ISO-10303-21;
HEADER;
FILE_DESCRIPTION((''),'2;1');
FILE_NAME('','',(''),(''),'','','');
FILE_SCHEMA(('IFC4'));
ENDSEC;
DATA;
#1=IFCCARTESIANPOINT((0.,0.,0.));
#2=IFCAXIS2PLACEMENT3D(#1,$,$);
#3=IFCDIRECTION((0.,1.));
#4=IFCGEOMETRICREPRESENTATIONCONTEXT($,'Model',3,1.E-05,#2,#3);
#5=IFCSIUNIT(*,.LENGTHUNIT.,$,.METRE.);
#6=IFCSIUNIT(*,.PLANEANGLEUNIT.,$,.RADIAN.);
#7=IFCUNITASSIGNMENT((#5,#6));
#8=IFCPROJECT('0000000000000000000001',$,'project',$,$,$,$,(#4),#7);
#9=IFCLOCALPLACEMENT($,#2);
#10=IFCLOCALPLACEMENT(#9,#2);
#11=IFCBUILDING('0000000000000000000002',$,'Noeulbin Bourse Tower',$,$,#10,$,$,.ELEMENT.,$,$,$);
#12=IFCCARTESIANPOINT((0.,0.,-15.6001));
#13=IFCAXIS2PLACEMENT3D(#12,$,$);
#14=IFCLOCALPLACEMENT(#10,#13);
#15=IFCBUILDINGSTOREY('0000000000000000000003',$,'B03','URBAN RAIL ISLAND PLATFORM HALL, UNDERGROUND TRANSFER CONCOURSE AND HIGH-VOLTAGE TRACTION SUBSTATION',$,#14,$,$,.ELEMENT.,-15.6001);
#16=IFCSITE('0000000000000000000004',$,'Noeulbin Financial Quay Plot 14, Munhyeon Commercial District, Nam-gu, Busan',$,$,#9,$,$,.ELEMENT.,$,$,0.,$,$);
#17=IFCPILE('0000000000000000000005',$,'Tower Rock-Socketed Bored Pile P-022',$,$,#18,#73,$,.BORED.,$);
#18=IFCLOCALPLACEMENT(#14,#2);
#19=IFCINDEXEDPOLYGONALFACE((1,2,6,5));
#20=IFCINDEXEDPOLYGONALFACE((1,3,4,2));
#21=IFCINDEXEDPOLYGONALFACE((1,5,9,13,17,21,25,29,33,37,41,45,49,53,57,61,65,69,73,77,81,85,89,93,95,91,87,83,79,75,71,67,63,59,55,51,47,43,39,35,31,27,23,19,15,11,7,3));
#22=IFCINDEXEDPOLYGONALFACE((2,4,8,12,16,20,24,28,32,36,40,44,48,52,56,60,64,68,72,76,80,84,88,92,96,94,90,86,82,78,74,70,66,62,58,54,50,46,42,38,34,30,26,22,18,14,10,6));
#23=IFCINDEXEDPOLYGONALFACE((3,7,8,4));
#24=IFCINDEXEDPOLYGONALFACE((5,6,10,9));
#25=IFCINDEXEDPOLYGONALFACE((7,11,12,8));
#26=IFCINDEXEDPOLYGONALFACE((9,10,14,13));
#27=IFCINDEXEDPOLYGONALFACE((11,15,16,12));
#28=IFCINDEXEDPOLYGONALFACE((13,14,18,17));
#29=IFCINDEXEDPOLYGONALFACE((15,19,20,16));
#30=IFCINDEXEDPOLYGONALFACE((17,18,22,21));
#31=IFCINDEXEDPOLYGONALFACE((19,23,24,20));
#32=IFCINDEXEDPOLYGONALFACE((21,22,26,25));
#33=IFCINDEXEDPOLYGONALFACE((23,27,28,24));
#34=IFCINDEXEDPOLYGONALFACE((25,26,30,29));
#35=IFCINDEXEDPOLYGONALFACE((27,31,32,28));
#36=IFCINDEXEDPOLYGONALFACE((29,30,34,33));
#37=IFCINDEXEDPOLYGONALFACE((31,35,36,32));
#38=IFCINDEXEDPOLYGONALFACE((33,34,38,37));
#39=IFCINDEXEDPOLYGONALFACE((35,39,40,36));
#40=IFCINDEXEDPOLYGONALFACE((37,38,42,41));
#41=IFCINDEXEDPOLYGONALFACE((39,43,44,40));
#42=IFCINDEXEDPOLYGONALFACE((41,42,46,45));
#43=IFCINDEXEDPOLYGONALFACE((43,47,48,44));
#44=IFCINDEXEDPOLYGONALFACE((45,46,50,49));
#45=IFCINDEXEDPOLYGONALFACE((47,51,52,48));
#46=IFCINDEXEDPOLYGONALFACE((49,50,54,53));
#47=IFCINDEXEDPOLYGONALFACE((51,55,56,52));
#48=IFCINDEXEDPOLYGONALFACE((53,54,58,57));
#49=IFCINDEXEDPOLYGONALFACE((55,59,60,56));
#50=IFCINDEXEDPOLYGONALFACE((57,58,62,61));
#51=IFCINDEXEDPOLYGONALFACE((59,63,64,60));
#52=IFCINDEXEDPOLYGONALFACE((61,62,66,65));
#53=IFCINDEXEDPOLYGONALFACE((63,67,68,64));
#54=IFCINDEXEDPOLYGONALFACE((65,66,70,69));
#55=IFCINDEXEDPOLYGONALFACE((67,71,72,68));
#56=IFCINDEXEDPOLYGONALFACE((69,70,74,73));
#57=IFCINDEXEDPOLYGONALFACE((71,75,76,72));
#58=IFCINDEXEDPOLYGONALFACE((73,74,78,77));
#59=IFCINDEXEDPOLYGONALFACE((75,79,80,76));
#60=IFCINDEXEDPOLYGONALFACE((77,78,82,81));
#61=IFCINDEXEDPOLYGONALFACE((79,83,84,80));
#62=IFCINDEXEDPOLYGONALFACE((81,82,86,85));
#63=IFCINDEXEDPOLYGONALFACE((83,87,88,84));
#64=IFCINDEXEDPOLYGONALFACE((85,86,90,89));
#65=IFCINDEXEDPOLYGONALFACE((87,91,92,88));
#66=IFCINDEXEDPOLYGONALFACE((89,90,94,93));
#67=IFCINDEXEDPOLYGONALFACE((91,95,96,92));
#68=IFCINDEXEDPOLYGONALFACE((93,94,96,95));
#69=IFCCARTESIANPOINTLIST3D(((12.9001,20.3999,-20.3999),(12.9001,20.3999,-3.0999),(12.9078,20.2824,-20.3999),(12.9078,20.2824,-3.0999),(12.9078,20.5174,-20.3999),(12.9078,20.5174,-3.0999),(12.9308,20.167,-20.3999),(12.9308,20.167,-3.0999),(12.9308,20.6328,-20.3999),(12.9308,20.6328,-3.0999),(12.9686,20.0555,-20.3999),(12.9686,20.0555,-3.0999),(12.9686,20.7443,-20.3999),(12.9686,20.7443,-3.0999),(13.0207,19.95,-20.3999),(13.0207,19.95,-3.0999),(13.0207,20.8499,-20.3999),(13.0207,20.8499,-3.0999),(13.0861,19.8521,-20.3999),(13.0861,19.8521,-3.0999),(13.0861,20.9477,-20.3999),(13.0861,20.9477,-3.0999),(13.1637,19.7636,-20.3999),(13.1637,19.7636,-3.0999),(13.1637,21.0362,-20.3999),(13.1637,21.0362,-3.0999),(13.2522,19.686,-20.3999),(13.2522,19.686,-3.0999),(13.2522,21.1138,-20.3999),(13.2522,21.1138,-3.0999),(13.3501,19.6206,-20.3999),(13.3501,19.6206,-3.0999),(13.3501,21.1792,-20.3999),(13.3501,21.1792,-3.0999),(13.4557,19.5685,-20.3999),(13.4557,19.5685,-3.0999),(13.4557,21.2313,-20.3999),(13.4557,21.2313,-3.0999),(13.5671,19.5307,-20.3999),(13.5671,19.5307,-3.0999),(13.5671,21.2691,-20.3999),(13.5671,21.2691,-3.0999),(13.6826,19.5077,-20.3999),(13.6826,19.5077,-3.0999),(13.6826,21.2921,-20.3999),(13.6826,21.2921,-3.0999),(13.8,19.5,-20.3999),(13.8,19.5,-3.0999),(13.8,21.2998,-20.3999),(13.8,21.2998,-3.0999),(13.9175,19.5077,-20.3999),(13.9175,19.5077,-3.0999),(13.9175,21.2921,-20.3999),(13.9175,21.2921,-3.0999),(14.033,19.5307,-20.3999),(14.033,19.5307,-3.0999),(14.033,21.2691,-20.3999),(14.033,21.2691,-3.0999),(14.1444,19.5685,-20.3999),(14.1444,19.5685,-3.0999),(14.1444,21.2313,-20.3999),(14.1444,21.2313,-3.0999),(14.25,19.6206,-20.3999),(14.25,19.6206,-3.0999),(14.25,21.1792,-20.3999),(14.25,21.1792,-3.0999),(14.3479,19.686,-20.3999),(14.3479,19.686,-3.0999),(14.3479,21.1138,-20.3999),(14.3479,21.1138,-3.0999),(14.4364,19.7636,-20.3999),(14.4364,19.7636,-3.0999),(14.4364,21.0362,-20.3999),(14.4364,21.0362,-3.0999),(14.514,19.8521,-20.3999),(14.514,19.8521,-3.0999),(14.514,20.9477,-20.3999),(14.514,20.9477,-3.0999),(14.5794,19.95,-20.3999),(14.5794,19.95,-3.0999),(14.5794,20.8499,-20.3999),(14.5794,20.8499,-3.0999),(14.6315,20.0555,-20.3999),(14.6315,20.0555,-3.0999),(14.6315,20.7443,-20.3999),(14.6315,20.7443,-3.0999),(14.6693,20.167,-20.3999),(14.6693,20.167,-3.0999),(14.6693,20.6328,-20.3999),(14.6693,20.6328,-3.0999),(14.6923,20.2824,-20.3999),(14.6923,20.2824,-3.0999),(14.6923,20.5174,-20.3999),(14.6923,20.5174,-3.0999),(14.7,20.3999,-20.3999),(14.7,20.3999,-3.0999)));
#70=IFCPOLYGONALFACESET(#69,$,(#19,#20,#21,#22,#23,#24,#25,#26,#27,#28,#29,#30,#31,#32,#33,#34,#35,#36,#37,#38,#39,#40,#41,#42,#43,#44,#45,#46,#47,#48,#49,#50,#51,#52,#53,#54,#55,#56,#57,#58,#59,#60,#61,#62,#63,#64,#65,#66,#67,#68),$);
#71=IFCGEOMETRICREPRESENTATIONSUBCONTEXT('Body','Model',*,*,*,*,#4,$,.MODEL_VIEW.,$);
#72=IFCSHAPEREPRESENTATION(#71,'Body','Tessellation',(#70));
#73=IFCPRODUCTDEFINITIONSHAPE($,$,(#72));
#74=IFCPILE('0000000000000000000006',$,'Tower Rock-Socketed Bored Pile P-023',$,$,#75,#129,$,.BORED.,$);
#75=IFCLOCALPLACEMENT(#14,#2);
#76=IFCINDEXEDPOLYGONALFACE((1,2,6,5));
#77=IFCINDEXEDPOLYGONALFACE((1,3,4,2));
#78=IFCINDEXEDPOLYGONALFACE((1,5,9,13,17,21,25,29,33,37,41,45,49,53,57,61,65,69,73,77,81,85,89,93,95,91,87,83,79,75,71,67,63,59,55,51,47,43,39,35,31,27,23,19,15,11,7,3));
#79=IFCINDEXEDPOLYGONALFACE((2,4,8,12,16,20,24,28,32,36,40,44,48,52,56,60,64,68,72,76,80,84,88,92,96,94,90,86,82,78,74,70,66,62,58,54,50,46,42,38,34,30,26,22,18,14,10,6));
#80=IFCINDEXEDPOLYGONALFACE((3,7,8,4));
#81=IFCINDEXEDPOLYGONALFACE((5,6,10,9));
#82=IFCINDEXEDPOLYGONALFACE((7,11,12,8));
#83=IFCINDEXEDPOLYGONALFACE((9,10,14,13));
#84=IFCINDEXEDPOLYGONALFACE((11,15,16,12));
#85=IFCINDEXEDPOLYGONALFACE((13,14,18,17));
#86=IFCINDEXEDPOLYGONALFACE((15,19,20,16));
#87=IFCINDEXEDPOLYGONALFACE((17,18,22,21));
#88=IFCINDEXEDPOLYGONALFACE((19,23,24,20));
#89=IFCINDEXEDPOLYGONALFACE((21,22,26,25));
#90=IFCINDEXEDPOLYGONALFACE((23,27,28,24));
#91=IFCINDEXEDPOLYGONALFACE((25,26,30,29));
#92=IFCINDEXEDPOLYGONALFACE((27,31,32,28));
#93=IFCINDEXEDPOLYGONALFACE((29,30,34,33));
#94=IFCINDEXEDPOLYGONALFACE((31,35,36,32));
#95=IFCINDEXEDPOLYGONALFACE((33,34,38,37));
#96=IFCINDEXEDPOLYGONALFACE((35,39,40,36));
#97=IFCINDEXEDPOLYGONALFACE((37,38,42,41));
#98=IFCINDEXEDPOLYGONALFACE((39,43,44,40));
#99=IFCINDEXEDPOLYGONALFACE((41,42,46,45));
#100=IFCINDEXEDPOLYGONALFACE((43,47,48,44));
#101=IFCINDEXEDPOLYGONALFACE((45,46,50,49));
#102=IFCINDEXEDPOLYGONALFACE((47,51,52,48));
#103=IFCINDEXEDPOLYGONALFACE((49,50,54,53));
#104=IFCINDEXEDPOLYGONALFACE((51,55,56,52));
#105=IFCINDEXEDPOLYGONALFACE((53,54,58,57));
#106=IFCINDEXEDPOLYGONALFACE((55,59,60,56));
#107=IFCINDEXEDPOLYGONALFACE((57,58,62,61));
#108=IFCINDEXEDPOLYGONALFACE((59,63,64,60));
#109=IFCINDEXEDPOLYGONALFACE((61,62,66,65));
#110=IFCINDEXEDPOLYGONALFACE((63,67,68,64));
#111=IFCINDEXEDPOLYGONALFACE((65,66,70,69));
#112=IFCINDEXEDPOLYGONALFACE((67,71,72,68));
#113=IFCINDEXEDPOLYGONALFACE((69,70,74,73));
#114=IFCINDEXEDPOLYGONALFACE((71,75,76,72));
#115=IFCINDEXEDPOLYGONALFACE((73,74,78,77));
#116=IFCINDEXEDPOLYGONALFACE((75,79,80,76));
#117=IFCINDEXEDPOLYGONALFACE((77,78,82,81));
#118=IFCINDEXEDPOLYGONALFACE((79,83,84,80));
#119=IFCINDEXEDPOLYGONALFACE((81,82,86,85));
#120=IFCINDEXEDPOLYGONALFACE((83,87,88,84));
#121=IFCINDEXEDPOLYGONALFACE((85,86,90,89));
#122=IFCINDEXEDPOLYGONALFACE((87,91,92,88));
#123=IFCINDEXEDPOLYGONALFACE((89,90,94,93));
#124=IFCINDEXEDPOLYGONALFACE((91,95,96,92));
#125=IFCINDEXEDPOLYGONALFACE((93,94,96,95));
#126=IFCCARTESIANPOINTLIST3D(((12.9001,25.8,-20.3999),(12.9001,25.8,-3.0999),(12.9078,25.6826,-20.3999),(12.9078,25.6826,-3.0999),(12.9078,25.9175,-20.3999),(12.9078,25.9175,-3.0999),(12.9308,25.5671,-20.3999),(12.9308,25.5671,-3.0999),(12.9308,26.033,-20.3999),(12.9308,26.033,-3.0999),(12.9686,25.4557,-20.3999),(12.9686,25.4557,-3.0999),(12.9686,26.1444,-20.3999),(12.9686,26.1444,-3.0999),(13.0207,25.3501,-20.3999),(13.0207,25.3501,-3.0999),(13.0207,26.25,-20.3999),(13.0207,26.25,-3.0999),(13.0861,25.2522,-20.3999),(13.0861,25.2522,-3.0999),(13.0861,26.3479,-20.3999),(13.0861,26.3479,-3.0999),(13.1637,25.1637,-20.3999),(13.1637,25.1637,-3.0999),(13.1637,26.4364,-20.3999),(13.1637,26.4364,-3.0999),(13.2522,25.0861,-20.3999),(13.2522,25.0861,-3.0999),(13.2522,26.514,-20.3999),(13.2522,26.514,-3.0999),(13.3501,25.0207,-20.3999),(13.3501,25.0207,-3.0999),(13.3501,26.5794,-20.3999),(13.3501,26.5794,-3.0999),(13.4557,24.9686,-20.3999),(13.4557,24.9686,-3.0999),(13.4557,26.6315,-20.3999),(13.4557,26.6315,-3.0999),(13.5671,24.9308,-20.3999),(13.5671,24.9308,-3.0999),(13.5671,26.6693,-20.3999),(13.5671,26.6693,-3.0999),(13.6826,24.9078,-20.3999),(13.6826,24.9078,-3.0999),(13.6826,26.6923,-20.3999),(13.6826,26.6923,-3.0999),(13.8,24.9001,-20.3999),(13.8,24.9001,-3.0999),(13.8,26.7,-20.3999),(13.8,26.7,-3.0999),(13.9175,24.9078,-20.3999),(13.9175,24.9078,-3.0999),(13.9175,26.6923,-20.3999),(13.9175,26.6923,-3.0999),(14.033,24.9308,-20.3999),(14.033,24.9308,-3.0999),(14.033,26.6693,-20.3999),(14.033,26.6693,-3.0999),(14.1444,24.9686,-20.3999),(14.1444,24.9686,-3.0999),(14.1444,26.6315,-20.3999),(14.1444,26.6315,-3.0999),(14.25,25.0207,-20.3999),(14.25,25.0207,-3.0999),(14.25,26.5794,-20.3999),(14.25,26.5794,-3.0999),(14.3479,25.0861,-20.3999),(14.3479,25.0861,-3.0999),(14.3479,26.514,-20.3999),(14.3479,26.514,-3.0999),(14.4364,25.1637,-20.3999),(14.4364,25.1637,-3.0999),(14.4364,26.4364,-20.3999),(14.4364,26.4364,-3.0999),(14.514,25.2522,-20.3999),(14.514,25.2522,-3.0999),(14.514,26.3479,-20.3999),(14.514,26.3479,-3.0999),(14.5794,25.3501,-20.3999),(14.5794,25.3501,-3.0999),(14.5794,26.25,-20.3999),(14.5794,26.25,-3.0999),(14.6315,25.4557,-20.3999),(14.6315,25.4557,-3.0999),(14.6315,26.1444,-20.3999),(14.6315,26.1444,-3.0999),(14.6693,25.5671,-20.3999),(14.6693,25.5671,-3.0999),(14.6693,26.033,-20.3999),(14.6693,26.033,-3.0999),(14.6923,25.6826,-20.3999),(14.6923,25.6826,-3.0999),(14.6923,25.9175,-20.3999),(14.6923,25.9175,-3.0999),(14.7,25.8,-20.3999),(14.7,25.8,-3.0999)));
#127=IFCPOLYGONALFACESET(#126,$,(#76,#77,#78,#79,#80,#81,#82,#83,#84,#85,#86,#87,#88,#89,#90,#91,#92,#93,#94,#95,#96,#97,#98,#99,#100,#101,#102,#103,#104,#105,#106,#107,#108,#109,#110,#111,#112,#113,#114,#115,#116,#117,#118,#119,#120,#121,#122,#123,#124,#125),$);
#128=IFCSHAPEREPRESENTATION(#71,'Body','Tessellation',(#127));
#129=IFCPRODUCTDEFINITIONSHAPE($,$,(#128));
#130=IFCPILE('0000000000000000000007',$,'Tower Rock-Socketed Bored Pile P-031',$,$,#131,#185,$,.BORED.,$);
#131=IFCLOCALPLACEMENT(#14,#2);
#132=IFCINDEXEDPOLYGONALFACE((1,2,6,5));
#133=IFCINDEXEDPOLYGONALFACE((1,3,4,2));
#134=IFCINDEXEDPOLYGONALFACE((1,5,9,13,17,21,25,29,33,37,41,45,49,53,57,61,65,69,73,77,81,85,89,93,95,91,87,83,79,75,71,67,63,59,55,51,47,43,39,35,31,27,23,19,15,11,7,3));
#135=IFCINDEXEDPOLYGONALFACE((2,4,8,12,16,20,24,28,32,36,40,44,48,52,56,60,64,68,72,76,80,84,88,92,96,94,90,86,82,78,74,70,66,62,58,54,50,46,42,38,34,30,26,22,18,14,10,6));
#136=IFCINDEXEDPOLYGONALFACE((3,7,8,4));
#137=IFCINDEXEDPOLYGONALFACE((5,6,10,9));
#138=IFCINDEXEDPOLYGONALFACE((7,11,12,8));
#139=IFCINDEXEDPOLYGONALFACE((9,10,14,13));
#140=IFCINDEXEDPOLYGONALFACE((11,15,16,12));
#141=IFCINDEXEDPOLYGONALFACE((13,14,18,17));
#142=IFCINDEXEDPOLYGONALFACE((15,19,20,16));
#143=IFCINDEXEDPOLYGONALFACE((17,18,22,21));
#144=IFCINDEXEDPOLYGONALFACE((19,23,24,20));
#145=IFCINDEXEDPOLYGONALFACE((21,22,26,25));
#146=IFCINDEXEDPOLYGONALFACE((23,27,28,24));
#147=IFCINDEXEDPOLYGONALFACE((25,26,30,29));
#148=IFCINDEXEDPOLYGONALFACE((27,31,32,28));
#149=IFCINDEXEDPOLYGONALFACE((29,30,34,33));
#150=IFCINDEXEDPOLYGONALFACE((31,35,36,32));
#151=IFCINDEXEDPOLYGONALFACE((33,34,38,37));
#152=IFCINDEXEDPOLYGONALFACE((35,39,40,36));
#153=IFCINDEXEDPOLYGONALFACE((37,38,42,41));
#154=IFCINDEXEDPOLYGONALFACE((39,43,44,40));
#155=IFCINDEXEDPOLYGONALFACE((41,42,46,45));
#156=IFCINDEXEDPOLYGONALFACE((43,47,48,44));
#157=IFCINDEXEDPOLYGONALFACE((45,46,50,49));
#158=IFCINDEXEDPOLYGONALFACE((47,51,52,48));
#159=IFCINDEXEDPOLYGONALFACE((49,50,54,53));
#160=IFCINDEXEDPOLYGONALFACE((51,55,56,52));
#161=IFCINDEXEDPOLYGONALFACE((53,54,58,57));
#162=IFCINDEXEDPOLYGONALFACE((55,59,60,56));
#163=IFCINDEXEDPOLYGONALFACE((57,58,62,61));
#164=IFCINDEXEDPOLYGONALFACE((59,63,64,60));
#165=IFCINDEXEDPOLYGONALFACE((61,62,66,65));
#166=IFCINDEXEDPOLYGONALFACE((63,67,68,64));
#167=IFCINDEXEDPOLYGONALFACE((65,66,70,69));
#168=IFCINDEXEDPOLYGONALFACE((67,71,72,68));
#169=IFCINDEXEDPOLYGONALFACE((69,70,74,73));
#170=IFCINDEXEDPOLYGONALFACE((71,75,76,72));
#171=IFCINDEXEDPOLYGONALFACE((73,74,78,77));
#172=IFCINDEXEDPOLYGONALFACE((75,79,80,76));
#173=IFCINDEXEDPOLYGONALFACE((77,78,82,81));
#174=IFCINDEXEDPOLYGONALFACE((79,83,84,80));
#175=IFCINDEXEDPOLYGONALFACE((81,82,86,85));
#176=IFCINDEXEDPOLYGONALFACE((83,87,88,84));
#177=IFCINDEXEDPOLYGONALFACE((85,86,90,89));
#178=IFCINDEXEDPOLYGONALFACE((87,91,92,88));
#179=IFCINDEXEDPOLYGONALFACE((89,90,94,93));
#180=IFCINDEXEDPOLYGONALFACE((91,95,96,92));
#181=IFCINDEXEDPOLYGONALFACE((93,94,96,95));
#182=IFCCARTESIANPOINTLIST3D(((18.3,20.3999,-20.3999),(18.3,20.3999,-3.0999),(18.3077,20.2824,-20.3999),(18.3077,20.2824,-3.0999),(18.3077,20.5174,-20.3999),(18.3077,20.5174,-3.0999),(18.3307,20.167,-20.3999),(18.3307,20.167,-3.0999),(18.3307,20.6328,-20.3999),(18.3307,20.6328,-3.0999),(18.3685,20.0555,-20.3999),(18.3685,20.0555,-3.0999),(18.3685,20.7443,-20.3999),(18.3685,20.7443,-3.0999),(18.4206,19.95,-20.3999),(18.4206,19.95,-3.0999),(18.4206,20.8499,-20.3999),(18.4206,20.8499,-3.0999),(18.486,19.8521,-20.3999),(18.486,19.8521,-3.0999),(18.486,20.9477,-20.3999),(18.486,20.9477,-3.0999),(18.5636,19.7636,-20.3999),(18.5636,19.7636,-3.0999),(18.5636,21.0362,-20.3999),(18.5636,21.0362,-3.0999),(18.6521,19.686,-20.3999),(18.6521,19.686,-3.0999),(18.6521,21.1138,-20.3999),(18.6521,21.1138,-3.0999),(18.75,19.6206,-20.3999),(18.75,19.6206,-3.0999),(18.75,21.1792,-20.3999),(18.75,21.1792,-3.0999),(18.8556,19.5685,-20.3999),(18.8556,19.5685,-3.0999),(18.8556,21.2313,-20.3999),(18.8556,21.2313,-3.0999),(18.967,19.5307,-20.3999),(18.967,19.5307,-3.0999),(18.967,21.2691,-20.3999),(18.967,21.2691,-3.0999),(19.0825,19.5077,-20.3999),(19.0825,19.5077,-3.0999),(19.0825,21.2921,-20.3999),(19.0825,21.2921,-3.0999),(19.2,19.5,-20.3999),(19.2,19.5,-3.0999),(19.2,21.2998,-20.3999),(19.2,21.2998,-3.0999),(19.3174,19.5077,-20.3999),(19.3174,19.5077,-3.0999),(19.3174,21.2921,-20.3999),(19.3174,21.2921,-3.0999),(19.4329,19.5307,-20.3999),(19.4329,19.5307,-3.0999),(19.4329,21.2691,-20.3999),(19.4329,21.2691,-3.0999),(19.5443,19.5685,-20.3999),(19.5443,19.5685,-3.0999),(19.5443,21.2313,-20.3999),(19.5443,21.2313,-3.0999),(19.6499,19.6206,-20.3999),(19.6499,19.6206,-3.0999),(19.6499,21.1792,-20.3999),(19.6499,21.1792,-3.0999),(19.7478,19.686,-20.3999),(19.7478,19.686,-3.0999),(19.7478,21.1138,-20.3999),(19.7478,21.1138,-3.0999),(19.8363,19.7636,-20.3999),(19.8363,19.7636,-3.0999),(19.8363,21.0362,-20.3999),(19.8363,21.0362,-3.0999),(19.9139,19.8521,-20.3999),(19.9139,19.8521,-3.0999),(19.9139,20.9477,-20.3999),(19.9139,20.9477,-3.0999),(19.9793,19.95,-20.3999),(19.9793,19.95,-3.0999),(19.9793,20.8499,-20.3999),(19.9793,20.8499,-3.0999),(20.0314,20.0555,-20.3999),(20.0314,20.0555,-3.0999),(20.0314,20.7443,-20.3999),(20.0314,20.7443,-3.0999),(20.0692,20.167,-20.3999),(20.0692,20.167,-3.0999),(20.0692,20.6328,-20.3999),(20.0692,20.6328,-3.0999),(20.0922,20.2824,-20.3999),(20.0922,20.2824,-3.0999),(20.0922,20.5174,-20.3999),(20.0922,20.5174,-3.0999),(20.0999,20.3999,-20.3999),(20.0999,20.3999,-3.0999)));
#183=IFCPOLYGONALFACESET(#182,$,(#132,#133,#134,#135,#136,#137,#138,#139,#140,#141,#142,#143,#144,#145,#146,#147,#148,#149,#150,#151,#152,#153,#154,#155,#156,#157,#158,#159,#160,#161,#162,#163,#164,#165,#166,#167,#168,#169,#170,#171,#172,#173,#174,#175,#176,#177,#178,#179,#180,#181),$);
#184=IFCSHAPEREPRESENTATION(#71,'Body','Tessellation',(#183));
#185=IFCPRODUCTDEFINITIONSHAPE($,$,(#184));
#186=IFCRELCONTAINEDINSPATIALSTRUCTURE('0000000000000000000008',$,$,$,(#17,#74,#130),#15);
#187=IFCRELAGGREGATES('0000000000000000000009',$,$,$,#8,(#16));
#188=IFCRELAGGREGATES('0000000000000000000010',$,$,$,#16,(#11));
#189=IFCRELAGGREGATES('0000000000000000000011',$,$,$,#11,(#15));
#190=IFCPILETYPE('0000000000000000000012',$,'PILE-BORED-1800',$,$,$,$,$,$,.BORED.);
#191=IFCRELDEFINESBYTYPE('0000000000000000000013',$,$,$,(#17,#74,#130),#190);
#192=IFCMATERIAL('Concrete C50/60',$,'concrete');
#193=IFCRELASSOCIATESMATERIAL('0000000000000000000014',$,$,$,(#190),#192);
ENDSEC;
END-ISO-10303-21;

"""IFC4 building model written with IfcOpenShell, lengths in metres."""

from ifc_helpers import new_model, si_unit, direction, frame, origin, origin_2d, place, context, subcontext, project, spatial, circle, extrude, material, material_profile, profile_set, type_object, element, save


model = new_model("IFC4")

# Units and contexts
model_context = context("Model", 3, precision=1e-05, world=origin(), true_north=direction((0.0, 1.0)))
body_context = subcontext(model_context, "Body", "Model", "MODEL_VIEW")
ifc_project = project(units=[si_unit("LENGTHUNIT", "METRE"), si_unit("PLANEANGLEUNIT", "RADIAN")], contexts=[model_context])

# Site, building, storey
site_placement = place(None, origin())
site = spatial("IfcSite", under=ifc_project, at=site_placement, Name="Noeulbin Financial Quay Plot 14, Munhyeon Commercial District, Nam-gu, Busan", CompositionType="ELEMENT", RefElevation=0.0)
building_placement = place(site_placement, origin())
building = spatial("IfcBuilding", under=site, at=building_placement, Name="Noeulbin Bourse Tower", CompositionType="ELEMENT")
storey_placement = place(building_placement, frame((0.0, 0.0, -15.6001)))
storey = spatial("IfcBuildingStorey", under=building, at=storey_placement, Name="B03", Description="URBAN RAIL ISLAND PLATFORM HALL, UNDERGROUND TRANSFER CONCOURSE AND HIGH-VOLTAGE TRACTION SUBSTATION", CompositionType="ELEMENT", Elevation=-15.6001)

# Piles
ifc_material_1 = material(Name="Concrete C50/60", Category="concrete")
ifc_material_profile_1 = material_profile(ifc_material_1, circle(Radius=0.8999, at=origin_2d()), Name="PILE-D1800", Category="LoadBearing")
ifc_profile_set_1 = profile_set([ifc_material_profile_1], Name="Concrete C50/60")
pile_type_1 = type_object("IfcPileType", Name="PILE-BORED-1800", PredefinedType="BORED", material=ifc_profile_set_1)
for number, where, z_axis, x_axis, name in (
    (1, (13.8, 20.3999, -3.0999), (0.0, 0.0, -1.0), (1.0, 0.0, 0.0), "Tower Rock-Socketed Bored Pile P-022"),
    (2, (13.8, 25.8, -3.0999), (0.0, 0.0, -1.0), (1.0, 0.0, 0.0), "Tower Rock-Socketed Bored Pile P-023"),
    (3, (19.2, 20.3999, -3.0999), (0.0, 0.0, -1.0), (1.0, 0.0, 0.0), "Tower Rock-Socketed Bored Pile P-031"),
):
    element("IfcPile", number, at=place(storey_placement, frame(where, z_axis=z_axis, x_axis=x_axis)), inside=storey, type_object=pile_type_1, Name=name, PredefinedType="BORED", context=body_context, shape_type="SweptSolid", body=[
        extrude(circle(Radius=0.8999, at=origin_2d()), origin(), (0.0, 0.0, 1.0), 17.3),
    ])

save(model, "model.ifc")
